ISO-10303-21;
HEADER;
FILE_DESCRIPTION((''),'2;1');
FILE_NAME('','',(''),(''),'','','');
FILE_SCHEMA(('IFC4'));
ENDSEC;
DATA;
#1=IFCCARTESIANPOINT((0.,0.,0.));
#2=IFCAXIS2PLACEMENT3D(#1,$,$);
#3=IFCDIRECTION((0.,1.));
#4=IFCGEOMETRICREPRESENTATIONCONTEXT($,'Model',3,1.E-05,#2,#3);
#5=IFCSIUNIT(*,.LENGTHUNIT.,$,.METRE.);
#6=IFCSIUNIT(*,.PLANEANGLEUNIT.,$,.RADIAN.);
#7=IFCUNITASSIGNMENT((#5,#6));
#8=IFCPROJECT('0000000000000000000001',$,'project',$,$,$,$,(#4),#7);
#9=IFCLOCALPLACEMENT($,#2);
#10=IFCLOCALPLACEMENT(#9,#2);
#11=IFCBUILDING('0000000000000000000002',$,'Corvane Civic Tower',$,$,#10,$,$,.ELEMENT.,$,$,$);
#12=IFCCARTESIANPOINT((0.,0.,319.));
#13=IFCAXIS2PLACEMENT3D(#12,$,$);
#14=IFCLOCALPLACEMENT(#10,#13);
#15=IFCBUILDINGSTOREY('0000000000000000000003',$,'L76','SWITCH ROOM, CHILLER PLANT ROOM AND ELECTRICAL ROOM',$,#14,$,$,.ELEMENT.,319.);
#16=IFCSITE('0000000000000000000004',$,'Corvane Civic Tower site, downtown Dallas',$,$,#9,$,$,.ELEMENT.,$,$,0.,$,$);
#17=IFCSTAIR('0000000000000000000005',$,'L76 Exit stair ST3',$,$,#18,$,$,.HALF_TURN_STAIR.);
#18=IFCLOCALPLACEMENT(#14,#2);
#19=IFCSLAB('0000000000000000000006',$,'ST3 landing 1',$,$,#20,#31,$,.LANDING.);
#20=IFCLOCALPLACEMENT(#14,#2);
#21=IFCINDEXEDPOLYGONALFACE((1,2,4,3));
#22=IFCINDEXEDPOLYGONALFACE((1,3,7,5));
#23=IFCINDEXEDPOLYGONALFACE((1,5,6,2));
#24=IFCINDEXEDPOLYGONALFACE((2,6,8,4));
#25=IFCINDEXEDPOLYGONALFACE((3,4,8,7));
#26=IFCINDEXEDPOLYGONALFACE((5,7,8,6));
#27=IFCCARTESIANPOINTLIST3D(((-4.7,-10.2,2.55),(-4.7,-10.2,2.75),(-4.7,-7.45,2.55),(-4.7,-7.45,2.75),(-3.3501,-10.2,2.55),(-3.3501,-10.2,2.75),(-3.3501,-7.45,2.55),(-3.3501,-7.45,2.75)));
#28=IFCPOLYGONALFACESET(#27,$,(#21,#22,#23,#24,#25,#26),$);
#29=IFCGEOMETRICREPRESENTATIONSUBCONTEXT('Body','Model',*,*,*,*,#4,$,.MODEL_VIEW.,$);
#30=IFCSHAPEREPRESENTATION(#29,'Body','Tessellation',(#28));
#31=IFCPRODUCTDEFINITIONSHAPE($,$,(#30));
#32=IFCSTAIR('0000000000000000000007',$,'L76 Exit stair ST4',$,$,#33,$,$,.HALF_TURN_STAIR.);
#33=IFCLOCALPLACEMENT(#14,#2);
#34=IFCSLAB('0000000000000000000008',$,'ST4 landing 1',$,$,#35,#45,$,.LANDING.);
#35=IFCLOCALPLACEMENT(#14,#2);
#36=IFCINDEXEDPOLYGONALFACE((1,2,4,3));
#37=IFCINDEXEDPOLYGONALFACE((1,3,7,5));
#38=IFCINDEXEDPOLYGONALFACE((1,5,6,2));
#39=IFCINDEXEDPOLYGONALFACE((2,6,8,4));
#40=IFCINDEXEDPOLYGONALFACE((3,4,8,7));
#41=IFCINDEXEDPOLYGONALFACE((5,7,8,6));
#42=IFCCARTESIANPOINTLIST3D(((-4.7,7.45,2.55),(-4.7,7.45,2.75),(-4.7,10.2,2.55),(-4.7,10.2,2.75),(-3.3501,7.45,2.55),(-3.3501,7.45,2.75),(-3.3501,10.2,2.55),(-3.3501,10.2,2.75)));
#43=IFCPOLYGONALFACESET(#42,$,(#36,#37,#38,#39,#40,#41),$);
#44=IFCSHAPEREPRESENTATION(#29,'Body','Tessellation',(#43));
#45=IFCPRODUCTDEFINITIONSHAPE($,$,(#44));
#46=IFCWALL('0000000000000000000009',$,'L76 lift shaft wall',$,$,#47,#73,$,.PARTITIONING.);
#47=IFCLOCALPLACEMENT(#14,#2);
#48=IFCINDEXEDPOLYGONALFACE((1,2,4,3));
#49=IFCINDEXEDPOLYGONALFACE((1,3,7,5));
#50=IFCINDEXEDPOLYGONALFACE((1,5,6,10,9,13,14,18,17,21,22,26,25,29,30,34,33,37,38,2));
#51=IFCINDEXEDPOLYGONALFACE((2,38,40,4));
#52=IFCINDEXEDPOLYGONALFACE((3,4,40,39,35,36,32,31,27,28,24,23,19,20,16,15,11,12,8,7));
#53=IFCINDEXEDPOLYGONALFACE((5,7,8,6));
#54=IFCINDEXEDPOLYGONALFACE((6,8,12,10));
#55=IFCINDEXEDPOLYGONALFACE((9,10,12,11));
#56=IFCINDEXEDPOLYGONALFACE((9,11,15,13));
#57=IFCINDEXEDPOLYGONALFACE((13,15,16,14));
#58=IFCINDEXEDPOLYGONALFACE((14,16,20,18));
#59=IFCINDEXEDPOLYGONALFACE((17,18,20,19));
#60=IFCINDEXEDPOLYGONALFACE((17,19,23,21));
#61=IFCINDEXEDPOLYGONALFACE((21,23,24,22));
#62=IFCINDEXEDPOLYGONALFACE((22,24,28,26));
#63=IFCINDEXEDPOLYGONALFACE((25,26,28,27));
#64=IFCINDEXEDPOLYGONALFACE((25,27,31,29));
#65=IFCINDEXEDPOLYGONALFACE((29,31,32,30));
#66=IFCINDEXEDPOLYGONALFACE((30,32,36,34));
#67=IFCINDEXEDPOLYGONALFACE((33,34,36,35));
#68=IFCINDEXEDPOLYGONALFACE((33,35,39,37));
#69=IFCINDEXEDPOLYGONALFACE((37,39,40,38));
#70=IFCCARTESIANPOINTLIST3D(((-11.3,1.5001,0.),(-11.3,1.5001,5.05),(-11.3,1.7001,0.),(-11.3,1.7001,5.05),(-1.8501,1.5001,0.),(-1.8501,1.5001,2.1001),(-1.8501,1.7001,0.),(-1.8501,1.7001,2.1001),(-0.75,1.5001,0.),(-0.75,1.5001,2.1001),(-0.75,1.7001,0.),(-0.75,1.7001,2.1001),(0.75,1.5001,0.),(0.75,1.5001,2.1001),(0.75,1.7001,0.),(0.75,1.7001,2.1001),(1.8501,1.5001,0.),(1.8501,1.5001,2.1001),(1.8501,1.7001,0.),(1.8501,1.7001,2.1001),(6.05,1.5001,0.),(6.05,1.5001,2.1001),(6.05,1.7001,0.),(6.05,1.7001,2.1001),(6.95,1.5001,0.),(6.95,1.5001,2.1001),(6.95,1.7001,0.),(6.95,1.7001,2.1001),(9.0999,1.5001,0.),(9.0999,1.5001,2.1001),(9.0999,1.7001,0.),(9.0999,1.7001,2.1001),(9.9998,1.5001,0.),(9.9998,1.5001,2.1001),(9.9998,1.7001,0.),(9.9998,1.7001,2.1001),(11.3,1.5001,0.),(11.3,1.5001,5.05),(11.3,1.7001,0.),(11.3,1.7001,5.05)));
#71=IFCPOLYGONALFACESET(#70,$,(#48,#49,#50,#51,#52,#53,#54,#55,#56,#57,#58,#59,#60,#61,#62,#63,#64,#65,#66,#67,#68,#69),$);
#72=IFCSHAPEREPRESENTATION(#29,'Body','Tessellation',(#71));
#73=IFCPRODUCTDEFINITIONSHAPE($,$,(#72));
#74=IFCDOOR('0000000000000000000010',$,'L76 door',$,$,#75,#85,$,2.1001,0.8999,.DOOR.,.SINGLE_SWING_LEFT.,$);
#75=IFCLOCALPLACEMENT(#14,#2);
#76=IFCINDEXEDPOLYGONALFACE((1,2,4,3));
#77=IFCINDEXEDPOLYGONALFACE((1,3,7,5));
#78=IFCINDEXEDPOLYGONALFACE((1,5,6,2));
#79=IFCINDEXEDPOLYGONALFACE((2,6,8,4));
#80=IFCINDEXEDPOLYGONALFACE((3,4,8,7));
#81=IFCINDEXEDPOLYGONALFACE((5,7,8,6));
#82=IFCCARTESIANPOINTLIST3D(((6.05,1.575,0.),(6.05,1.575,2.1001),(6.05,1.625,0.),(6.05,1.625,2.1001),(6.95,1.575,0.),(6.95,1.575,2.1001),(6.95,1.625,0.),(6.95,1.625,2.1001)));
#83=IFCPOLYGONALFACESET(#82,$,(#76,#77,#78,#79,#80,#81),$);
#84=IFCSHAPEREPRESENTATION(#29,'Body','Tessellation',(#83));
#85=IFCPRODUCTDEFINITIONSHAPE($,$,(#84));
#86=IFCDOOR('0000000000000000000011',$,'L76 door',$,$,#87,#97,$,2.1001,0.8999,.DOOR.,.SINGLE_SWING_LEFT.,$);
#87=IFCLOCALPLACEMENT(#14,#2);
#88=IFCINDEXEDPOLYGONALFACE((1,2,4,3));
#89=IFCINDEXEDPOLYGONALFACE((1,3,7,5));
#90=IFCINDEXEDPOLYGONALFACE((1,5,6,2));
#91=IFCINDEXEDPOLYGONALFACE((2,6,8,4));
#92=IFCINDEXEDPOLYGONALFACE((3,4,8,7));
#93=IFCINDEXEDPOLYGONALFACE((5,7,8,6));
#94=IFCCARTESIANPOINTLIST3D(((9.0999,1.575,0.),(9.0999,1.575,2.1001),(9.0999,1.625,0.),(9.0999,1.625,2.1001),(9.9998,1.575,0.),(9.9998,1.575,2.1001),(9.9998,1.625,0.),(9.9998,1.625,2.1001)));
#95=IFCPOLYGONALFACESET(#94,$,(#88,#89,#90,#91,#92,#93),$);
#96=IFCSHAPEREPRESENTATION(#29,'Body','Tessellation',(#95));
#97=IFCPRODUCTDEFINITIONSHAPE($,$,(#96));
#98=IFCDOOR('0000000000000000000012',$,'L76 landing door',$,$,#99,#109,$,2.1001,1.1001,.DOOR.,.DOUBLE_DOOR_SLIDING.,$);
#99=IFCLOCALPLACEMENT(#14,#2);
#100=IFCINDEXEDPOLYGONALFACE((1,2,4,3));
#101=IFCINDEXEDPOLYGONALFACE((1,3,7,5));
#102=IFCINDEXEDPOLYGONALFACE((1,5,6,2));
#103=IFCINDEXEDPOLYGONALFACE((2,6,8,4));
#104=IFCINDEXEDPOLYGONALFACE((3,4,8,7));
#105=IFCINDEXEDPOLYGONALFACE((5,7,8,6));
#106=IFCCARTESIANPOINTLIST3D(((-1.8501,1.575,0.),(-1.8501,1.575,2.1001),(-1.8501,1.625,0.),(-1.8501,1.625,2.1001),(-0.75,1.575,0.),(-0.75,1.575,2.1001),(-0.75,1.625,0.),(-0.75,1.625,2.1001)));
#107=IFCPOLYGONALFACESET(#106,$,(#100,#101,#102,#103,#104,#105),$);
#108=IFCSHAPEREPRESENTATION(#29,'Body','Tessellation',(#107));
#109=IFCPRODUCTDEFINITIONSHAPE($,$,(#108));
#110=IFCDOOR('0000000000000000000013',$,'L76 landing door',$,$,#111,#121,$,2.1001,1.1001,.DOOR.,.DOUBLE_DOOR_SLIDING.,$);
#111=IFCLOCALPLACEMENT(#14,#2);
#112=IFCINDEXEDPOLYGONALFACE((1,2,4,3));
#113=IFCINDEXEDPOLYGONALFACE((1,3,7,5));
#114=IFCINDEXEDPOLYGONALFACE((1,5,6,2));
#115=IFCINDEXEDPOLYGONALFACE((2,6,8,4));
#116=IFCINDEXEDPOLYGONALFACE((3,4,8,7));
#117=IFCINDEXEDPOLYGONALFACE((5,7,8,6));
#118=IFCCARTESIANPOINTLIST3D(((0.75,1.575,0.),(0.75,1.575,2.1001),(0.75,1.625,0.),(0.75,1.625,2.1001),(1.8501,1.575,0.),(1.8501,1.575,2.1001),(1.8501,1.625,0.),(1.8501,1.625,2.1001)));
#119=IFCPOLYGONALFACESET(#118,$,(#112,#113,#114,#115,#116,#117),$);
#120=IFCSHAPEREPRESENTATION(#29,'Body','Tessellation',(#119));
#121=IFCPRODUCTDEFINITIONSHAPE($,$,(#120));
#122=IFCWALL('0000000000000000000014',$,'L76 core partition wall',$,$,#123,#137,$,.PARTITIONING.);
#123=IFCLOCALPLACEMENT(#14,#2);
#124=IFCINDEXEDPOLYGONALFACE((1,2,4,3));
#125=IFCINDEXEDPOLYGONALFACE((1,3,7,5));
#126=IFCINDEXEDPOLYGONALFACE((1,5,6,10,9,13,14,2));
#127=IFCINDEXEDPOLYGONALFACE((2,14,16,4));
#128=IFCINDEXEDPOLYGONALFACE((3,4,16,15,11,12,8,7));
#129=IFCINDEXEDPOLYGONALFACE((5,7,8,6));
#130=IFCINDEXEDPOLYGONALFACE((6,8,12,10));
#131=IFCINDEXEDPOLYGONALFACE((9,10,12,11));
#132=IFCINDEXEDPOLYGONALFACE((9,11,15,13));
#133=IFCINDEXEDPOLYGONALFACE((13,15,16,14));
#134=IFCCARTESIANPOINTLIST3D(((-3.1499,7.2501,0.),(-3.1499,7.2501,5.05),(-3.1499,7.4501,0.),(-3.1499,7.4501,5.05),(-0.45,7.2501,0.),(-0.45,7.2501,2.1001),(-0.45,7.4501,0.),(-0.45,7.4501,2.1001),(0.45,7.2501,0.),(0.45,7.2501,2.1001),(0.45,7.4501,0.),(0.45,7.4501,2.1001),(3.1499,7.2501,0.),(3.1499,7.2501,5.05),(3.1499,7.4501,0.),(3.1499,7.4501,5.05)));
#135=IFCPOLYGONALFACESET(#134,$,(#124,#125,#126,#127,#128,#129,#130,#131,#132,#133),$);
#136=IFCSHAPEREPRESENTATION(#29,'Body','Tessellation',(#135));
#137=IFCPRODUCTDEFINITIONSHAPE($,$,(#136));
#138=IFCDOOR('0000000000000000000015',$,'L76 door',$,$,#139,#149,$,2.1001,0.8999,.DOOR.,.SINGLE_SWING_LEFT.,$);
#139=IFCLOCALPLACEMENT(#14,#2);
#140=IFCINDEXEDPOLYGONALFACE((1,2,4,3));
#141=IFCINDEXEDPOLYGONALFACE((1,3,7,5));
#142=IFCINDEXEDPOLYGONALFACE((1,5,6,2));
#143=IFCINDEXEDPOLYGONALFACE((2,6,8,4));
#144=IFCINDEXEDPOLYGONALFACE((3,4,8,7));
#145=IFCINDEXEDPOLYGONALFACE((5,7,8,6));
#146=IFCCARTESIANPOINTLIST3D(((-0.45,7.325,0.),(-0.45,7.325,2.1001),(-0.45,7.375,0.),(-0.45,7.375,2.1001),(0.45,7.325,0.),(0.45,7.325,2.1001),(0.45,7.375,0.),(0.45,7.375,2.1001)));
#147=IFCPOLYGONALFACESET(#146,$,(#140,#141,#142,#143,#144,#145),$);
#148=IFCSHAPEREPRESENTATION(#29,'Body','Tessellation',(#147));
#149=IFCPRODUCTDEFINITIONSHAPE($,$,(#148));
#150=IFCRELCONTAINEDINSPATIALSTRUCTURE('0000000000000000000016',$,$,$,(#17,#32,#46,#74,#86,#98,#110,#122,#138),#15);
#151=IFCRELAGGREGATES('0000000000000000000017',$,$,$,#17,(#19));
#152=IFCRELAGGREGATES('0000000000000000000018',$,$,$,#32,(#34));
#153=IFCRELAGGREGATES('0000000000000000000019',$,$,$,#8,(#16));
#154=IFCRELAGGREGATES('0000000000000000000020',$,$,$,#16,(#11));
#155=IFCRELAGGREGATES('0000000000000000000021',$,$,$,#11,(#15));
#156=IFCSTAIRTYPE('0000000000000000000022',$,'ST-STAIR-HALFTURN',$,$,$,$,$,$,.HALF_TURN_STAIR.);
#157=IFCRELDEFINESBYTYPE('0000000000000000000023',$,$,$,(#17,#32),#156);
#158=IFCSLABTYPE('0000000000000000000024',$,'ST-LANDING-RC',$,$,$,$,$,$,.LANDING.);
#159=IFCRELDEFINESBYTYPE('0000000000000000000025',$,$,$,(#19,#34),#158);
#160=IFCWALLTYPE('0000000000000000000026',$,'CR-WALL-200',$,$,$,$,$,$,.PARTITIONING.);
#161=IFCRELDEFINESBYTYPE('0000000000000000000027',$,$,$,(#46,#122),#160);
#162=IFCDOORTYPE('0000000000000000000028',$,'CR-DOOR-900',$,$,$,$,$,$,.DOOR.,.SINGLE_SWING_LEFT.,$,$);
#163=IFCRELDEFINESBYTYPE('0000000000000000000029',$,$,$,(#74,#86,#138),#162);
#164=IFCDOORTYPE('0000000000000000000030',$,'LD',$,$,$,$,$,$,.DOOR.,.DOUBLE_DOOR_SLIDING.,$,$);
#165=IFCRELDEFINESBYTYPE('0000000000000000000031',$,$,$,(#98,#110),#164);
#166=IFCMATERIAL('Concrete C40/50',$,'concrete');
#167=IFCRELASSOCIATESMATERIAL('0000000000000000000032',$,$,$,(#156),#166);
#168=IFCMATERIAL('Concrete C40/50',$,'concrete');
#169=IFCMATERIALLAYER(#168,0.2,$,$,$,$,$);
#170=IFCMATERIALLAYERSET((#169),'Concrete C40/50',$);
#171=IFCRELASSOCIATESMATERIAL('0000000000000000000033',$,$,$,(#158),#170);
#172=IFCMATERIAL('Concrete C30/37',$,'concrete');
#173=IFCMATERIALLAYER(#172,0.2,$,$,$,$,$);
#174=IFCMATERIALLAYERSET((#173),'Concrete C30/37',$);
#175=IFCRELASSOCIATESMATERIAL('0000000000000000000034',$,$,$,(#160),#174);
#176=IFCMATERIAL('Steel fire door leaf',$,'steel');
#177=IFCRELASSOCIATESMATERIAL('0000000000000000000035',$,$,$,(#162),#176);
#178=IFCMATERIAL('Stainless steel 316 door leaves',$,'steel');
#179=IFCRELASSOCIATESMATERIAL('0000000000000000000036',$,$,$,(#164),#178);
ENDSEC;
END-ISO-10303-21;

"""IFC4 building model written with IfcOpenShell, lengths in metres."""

from ifc_helpers import new_model, si_unit, direction, frame, frame_2d, origin, place, context, subcontext, project, spatial, polyline, rectangle, outline, extrude, material, layer, layer_set, type_object, element, fill, aggregate, save


model = new_model("IFC4")

# Units and contexts
model_context = context("Model", 3, precision=1e-05, world=origin(), true_north=direction((0.0, 1.0)))
body_context = subcontext(model_context, "Body", "Model", "MODEL_VIEW")
ifc_project = project(units=[si_unit("LENGTHUNIT", "METRE"), si_unit("PLANEANGLEUNIT", "RADIAN")], contexts=[model_context])

# Site, building, storey
site_placement = place(None, origin())
site = spatial("IfcSite", under=ifc_project, at=site_placement, Name="Corvane Civic Tower site, downtown Dallas", CompositionType="ELEMENT", RefElevation=0.0)
building_placement = place(site_placement, origin())
building = spatial("IfcBuilding", under=site, at=building_placement, Name="Corvane Civic Tower", CompositionType="ELEMENT")
storey_placement = place(building_placement, frame((0.0, 0.0, 319.0)))
storey = spatial("IfcBuildingStorey", under=building, at=storey_placement, Name="L76", Description="SWITCH ROOM, CHILLER PLANT ROOM AND ELECTRICAL ROOM", CompositionType="ELEMENT", Elevation=319.0)

# Stairs, slabs
ifc_material_1 = material(Name="Concrete C40/50", Category="concrete")
stair_type = type_object("IfcStairType", Name="ST-STAIR-HALFTURN", PredefinedType="HALF_TURN_STAIR", material=ifc_material_1)
ifc_material_2 = material(Name="Concrete C40/50", Category="concrete")
ifc_layer_1 = layer(ifc_material_2, 0.2)
ifc_layer_set_1 = layer_set([ifc_layer_1], Name="Concrete C40/50")
slab_type_1 = type_object("IfcSlabType", Name="ST-LANDING-RC", PredefinedType="LANDING", material=ifc_layer_set_1)
stair_1_placement = place(storey_placement, origin())
stair_1 = element("IfcStair", 1, at=stair_1_placement, inside=storey, type_object=stair_type, Name="L76 Exit stair ST3", PredefinedType="HALF_TURN_STAIR")
slab_1_placement = place(storey_placement, frame((0.0, 0.0, 2.55)))
slab_1 = element("IfcSlab", 2, at=slab_1_placement, type_object=slab_type_1, Name="ST3 landing 1", PredefinedType="LANDING", context=body_context, shape_type="SweptSolid", body=[
    extrude(outline(polyline([(-4.7, -10.2), (-3.3501, -10.2), (-3.3501, -7.45), (-4.7, -7.45), (-4.7, -10.2)])), origin(), (0.0, 0.0, 1.0), 0.2),
])
aggregate(stair_1, [slab_1])
stair_2_placement = place(storey_placement, origin())
stair_2 = element("IfcStair", 3, at=stair_2_placement, inside=storey, type_object=stair_type, Name="L76 Exit stair ST4", PredefinedType="HALF_TURN_STAIR")
slab_2_placement = place(storey_placement, frame((0.0, 0.0, 2.55)))
slab_2 = element("IfcSlab", 4, at=slab_2_placement, type_object=slab_type_1, Name="ST4 landing 1", PredefinedType="LANDING", context=body_context, shape_type="SweptSolid", body=[
    extrude(outline(polyline([(-4.7, 7.45), (-3.3501, 7.45), (-3.3501, 10.2), (-4.7, 10.2), (-4.7, 7.45)])), origin(), (0.0, 0.0, 1.0), 0.2),
])
aggregate(stair_2, [slab_2])

# Wall, openings, doors
ifc_material_3 = material(Name="Concrete C30/37", Category="concrete")
ifc_layer_2 = layer(ifc_material_3, 0.2)
ifc_layer_set_2 = layer_set([ifc_layer_2], Name="Concrete C30/37")
wall_type_1 = type_object("IfcWallType", Name="CR-WALL-200", PredefinedType="PARTITIONING", material=ifc_layer_set_2)
wall_1_placement = place(storey_placement, frame((-11.3, 1.6001, 0.0), z_axis=(0.0, 0.0, 1.0), x_axis=(1.0, 0.0, 0.0)))
wall_1 = element("IfcWall", 5, at=wall_1_placement, inside=storey, type_object=wall_type_1, Name="L76 lift shaft wall", PredefinedType="PARTITIONING", context=body_context, shape_type="SweptSolid", body=[
    extrude(rectangle(XDim=22.6001, YDim=0.2, at=frame_2d((11.3, 0.0))), origin(), (0.0, 0.0, 1.0), 5.05),
])
opening_1_placement = place(wall_1_placement, frame((9.45, 0.0, 0.0)))
opening_1 = element("IfcOpeningElement", 6, at=opening_1_placement, cuts=wall_1, PredefinedType="OPENING", context=body_context, shape_type="SweptSolid", body=[
    extrude(rectangle(XDim=1.1001, YDim=2.1001, at=frame_2d((0.55, 1.05))), frame((0.0, 0.1099, 0.0), z_axis=(0.0, -1.0, 0.0), x_axis=(1.0, 0.0, 0.0)), (0.0, 0.0, 1.0), 0.22),
])
opening_2_placement = place(wall_1_placement, frame((12.05, 0.0, 0.0)))
opening_2 = element("IfcOpeningElement", 7, at=opening_2_placement, cuts=wall_1, PredefinedType="OPENING", context=body_context, shape_type="SweptSolid", body=[
    extrude(rectangle(XDim=1.1001, YDim=2.1001, at=frame_2d((0.55, 1.05))), frame((0.0, 0.1099, 0.0), z_axis=(0.0, -1.0, 0.0), x_axis=(1.0, 0.0, 0.0)), (0.0, 0.0, 1.0), 0.22),
])
opening_3_placement = place(wall_1_placement, frame((17.3501, 0.0, 0.0)))
opening_3 = element("IfcOpeningElement", 8, at=opening_3_placement, cuts=wall_1, PredefinedType="OPENING", context=body_context, shape_type="SweptSolid", body=[
    extrude(rectangle(XDim=0.8999, YDim=2.1001, at=frame_2d((0.45, 1.05))), frame((0.0, 0.1099, 0.0), z_axis=(0.0, -1.0, 0.0), x_axis=(1.0, 0.0, 0.0)), (0.0, 0.0, 1.0), 0.22),
])
opening_4_placement = place(wall_1_placement, frame((20.3999, 0.0, 0.0)))
opening_4 = element("IfcOpeningElement", 9, at=opening_4_placement, cuts=wall_1, PredefinedType="OPENING", context=body_context, shape_type="SweptSolid", body=[
    extrude(rectangle(XDim=0.8999, YDim=2.1001, at=frame_2d((0.45, 1.05))), frame((0.0, 0.1099, 0.0), z_axis=(0.0, -1.0, 0.0), x_axis=(1.0, 0.0, 0.0)), (0.0, 0.0, 1.0), 0.22),
])
ifc_material_4 = material(Name="Steel fire door leaf", Category="steel")
door_type_1 = type_object("IfcDoorType", Name="CR-DOOR-900", OperationType="SINGLE_SWING_LEFT", PredefinedType="DOOR", material=ifc_material_4)
door_1_placement = place(opening_3_placement, origin())
door_1 = element("IfcDoor", 10, at=door_1_placement, inside=storey, type_object=door_type_1, Name="L76 door", OperationType="SINGLE_SWING_LEFT", OverallHeight=2.1001, OverallWidth=0.8999, PredefinedType="DOOR", context=body_context, shape_type="SweptSolid", body=[
    extrude(rectangle(XDim=0.8999, YDim=2.1001, at=frame_2d((0.45, 1.05))), frame((0.0, 0.0249, 0.0), z_axis=(0.0, -1.0, 0.0), x_axis=(1.0, 0.0, 0.0)), (0.0, 0.0, 1.0), 0.05),
])
fill(opening_3, door_1)
door_2_placement = place(opening_4_placement, origin())
door_2 = element("IfcDoor", 11, at=door_2_placement, inside=storey, type_object=door_type_1, Name="L76 door", OperationType="SINGLE_SWING_LEFT", OverallHeight=2.1001, OverallWidth=0.8999, PredefinedType="DOOR", context=body_context, shape_type="SweptSolid", body=[
    extrude(rectangle(XDim=0.8999, YDim=2.1001, at=frame_2d((0.45, 1.05))), frame((0.0, 0.0249, 0.0), z_axis=(0.0, -1.0, 0.0), x_axis=(1.0, 0.0, 0.0)), (0.0, 0.0, 1.0), 0.05),
])
fill(opening_4, door_2)
ifc_material_5 = material(Name="Stainless steel 316 door leaves", Category="steel")
door_type_2 = type_object("IfcDoorType", Name="LD", OperationType="DOUBLE_DOOR_SLIDING", PredefinedType="DOOR", material=ifc_material_5)
door_3_placement = place(opening_1_placement, origin())
door_3 = element("IfcDoor", 12, at=door_3_placement, inside=storey, type_object=door_type_2, Name="L76 landing door", OperationType="DOUBLE_DOOR_SLIDING", OverallHeight=2.1001, OverallWidth=1.1001, PredefinedType="DOOR", context=body_context, shape_type="SweptSolid", body=[
    extrude(rectangle(XDim=1.1001, YDim=2.1001, at=frame_2d((0.55, 1.05))), frame((0.0, 0.0249, 0.0), z_axis=(0.0, -1.0, 0.0), x_axis=(1.0, 0.0, 0.0)), (0.0, 0.0, 1.0), 0.05),
])
fill(opening_1, door_3)
door_4_placement = place(opening_2_placement, origin())
door_4 = element("IfcDoor", 13, at=door_4_placement, inside=storey, type_object=door_type_2, Name="L76 landing door", OperationType="DOUBLE_DOOR_SLIDING", OverallHeight=2.1001, OverallWidth=1.1001, PredefinedType="DOOR", context=body_context, shape_type="SweptSolid", body=[
    extrude(rectangle(XDim=1.1001, YDim=2.1001, at=frame_2d((0.55, 1.05))), frame((0.0, 0.0249, 0.0), z_axis=(0.0, -1.0, 0.0), x_axis=(1.0, 0.0, 0.0)), (0.0, 0.0, 1.0), 0.05),
])
fill(opening_2, door_4)

# Wall, opening, door
wall_2_placement = place(storey_placement, frame((-3.1499, 7.3501, 0.0), z_axis=(0.0, 0.0, 1.0), x_axis=(1.0, 0.0, 0.0)))
wall_2 = element("IfcWall", 14, at=wall_2_placement, inside=storey, type_object=wall_type_1, Name="L76 core partition wall", PredefinedType="PARTITIONING", context=body_context, shape_type="SweptSolid", body=[
    extrude(rectangle(XDim=6.2998, YDim=0.2, at=frame_2d((3.1499, 0.0))), origin(), (0.0, 0.0, 1.0), 5.05),
])
opening_5_placement = place(wall_2_placement, frame((2.7, 0.0, 0.0)))
opening_5 = element("IfcOpeningElement", 15, at=opening_5_placement, cuts=wall_2, PredefinedType="OPENING", context=body_context, shape_type="SweptSolid", body=[
    extrude(rectangle(XDim=0.8999, YDim=2.1001, at=frame_2d((0.45, 1.05))), frame((0.0, 0.1099, 0.0), z_axis=(0.0, -1.0, 0.0), x_axis=(1.0, 0.0, 0.0)), (0.0, 0.0, 1.0), 0.22),
])
door_5_placement = place(opening_5_placement, origin())
door_5 = element("IfcDoor", 16, at=door_5_placement, inside=storey, type_object=door_type_1, Name="L76 door", OperationType="SINGLE_SWING_LEFT", OverallHeight=2.1001, OverallWidth=0.8999, PredefinedType="DOOR", context=body_context, shape_type="SweptSolid", body=[
    extrude(rectangle(XDim=0.8999, YDim=2.1001, at=frame_2d((0.45, 1.05))), frame((0.0, 0.0249, 0.0), z_axis=(0.0, -1.0, 0.0), x_axis=(1.0, 0.0, 0.0)), (0.0, 0.0, 1.0), 0.05),
])
fill(opening_5, door_5)

save(model, "model.ifc")
